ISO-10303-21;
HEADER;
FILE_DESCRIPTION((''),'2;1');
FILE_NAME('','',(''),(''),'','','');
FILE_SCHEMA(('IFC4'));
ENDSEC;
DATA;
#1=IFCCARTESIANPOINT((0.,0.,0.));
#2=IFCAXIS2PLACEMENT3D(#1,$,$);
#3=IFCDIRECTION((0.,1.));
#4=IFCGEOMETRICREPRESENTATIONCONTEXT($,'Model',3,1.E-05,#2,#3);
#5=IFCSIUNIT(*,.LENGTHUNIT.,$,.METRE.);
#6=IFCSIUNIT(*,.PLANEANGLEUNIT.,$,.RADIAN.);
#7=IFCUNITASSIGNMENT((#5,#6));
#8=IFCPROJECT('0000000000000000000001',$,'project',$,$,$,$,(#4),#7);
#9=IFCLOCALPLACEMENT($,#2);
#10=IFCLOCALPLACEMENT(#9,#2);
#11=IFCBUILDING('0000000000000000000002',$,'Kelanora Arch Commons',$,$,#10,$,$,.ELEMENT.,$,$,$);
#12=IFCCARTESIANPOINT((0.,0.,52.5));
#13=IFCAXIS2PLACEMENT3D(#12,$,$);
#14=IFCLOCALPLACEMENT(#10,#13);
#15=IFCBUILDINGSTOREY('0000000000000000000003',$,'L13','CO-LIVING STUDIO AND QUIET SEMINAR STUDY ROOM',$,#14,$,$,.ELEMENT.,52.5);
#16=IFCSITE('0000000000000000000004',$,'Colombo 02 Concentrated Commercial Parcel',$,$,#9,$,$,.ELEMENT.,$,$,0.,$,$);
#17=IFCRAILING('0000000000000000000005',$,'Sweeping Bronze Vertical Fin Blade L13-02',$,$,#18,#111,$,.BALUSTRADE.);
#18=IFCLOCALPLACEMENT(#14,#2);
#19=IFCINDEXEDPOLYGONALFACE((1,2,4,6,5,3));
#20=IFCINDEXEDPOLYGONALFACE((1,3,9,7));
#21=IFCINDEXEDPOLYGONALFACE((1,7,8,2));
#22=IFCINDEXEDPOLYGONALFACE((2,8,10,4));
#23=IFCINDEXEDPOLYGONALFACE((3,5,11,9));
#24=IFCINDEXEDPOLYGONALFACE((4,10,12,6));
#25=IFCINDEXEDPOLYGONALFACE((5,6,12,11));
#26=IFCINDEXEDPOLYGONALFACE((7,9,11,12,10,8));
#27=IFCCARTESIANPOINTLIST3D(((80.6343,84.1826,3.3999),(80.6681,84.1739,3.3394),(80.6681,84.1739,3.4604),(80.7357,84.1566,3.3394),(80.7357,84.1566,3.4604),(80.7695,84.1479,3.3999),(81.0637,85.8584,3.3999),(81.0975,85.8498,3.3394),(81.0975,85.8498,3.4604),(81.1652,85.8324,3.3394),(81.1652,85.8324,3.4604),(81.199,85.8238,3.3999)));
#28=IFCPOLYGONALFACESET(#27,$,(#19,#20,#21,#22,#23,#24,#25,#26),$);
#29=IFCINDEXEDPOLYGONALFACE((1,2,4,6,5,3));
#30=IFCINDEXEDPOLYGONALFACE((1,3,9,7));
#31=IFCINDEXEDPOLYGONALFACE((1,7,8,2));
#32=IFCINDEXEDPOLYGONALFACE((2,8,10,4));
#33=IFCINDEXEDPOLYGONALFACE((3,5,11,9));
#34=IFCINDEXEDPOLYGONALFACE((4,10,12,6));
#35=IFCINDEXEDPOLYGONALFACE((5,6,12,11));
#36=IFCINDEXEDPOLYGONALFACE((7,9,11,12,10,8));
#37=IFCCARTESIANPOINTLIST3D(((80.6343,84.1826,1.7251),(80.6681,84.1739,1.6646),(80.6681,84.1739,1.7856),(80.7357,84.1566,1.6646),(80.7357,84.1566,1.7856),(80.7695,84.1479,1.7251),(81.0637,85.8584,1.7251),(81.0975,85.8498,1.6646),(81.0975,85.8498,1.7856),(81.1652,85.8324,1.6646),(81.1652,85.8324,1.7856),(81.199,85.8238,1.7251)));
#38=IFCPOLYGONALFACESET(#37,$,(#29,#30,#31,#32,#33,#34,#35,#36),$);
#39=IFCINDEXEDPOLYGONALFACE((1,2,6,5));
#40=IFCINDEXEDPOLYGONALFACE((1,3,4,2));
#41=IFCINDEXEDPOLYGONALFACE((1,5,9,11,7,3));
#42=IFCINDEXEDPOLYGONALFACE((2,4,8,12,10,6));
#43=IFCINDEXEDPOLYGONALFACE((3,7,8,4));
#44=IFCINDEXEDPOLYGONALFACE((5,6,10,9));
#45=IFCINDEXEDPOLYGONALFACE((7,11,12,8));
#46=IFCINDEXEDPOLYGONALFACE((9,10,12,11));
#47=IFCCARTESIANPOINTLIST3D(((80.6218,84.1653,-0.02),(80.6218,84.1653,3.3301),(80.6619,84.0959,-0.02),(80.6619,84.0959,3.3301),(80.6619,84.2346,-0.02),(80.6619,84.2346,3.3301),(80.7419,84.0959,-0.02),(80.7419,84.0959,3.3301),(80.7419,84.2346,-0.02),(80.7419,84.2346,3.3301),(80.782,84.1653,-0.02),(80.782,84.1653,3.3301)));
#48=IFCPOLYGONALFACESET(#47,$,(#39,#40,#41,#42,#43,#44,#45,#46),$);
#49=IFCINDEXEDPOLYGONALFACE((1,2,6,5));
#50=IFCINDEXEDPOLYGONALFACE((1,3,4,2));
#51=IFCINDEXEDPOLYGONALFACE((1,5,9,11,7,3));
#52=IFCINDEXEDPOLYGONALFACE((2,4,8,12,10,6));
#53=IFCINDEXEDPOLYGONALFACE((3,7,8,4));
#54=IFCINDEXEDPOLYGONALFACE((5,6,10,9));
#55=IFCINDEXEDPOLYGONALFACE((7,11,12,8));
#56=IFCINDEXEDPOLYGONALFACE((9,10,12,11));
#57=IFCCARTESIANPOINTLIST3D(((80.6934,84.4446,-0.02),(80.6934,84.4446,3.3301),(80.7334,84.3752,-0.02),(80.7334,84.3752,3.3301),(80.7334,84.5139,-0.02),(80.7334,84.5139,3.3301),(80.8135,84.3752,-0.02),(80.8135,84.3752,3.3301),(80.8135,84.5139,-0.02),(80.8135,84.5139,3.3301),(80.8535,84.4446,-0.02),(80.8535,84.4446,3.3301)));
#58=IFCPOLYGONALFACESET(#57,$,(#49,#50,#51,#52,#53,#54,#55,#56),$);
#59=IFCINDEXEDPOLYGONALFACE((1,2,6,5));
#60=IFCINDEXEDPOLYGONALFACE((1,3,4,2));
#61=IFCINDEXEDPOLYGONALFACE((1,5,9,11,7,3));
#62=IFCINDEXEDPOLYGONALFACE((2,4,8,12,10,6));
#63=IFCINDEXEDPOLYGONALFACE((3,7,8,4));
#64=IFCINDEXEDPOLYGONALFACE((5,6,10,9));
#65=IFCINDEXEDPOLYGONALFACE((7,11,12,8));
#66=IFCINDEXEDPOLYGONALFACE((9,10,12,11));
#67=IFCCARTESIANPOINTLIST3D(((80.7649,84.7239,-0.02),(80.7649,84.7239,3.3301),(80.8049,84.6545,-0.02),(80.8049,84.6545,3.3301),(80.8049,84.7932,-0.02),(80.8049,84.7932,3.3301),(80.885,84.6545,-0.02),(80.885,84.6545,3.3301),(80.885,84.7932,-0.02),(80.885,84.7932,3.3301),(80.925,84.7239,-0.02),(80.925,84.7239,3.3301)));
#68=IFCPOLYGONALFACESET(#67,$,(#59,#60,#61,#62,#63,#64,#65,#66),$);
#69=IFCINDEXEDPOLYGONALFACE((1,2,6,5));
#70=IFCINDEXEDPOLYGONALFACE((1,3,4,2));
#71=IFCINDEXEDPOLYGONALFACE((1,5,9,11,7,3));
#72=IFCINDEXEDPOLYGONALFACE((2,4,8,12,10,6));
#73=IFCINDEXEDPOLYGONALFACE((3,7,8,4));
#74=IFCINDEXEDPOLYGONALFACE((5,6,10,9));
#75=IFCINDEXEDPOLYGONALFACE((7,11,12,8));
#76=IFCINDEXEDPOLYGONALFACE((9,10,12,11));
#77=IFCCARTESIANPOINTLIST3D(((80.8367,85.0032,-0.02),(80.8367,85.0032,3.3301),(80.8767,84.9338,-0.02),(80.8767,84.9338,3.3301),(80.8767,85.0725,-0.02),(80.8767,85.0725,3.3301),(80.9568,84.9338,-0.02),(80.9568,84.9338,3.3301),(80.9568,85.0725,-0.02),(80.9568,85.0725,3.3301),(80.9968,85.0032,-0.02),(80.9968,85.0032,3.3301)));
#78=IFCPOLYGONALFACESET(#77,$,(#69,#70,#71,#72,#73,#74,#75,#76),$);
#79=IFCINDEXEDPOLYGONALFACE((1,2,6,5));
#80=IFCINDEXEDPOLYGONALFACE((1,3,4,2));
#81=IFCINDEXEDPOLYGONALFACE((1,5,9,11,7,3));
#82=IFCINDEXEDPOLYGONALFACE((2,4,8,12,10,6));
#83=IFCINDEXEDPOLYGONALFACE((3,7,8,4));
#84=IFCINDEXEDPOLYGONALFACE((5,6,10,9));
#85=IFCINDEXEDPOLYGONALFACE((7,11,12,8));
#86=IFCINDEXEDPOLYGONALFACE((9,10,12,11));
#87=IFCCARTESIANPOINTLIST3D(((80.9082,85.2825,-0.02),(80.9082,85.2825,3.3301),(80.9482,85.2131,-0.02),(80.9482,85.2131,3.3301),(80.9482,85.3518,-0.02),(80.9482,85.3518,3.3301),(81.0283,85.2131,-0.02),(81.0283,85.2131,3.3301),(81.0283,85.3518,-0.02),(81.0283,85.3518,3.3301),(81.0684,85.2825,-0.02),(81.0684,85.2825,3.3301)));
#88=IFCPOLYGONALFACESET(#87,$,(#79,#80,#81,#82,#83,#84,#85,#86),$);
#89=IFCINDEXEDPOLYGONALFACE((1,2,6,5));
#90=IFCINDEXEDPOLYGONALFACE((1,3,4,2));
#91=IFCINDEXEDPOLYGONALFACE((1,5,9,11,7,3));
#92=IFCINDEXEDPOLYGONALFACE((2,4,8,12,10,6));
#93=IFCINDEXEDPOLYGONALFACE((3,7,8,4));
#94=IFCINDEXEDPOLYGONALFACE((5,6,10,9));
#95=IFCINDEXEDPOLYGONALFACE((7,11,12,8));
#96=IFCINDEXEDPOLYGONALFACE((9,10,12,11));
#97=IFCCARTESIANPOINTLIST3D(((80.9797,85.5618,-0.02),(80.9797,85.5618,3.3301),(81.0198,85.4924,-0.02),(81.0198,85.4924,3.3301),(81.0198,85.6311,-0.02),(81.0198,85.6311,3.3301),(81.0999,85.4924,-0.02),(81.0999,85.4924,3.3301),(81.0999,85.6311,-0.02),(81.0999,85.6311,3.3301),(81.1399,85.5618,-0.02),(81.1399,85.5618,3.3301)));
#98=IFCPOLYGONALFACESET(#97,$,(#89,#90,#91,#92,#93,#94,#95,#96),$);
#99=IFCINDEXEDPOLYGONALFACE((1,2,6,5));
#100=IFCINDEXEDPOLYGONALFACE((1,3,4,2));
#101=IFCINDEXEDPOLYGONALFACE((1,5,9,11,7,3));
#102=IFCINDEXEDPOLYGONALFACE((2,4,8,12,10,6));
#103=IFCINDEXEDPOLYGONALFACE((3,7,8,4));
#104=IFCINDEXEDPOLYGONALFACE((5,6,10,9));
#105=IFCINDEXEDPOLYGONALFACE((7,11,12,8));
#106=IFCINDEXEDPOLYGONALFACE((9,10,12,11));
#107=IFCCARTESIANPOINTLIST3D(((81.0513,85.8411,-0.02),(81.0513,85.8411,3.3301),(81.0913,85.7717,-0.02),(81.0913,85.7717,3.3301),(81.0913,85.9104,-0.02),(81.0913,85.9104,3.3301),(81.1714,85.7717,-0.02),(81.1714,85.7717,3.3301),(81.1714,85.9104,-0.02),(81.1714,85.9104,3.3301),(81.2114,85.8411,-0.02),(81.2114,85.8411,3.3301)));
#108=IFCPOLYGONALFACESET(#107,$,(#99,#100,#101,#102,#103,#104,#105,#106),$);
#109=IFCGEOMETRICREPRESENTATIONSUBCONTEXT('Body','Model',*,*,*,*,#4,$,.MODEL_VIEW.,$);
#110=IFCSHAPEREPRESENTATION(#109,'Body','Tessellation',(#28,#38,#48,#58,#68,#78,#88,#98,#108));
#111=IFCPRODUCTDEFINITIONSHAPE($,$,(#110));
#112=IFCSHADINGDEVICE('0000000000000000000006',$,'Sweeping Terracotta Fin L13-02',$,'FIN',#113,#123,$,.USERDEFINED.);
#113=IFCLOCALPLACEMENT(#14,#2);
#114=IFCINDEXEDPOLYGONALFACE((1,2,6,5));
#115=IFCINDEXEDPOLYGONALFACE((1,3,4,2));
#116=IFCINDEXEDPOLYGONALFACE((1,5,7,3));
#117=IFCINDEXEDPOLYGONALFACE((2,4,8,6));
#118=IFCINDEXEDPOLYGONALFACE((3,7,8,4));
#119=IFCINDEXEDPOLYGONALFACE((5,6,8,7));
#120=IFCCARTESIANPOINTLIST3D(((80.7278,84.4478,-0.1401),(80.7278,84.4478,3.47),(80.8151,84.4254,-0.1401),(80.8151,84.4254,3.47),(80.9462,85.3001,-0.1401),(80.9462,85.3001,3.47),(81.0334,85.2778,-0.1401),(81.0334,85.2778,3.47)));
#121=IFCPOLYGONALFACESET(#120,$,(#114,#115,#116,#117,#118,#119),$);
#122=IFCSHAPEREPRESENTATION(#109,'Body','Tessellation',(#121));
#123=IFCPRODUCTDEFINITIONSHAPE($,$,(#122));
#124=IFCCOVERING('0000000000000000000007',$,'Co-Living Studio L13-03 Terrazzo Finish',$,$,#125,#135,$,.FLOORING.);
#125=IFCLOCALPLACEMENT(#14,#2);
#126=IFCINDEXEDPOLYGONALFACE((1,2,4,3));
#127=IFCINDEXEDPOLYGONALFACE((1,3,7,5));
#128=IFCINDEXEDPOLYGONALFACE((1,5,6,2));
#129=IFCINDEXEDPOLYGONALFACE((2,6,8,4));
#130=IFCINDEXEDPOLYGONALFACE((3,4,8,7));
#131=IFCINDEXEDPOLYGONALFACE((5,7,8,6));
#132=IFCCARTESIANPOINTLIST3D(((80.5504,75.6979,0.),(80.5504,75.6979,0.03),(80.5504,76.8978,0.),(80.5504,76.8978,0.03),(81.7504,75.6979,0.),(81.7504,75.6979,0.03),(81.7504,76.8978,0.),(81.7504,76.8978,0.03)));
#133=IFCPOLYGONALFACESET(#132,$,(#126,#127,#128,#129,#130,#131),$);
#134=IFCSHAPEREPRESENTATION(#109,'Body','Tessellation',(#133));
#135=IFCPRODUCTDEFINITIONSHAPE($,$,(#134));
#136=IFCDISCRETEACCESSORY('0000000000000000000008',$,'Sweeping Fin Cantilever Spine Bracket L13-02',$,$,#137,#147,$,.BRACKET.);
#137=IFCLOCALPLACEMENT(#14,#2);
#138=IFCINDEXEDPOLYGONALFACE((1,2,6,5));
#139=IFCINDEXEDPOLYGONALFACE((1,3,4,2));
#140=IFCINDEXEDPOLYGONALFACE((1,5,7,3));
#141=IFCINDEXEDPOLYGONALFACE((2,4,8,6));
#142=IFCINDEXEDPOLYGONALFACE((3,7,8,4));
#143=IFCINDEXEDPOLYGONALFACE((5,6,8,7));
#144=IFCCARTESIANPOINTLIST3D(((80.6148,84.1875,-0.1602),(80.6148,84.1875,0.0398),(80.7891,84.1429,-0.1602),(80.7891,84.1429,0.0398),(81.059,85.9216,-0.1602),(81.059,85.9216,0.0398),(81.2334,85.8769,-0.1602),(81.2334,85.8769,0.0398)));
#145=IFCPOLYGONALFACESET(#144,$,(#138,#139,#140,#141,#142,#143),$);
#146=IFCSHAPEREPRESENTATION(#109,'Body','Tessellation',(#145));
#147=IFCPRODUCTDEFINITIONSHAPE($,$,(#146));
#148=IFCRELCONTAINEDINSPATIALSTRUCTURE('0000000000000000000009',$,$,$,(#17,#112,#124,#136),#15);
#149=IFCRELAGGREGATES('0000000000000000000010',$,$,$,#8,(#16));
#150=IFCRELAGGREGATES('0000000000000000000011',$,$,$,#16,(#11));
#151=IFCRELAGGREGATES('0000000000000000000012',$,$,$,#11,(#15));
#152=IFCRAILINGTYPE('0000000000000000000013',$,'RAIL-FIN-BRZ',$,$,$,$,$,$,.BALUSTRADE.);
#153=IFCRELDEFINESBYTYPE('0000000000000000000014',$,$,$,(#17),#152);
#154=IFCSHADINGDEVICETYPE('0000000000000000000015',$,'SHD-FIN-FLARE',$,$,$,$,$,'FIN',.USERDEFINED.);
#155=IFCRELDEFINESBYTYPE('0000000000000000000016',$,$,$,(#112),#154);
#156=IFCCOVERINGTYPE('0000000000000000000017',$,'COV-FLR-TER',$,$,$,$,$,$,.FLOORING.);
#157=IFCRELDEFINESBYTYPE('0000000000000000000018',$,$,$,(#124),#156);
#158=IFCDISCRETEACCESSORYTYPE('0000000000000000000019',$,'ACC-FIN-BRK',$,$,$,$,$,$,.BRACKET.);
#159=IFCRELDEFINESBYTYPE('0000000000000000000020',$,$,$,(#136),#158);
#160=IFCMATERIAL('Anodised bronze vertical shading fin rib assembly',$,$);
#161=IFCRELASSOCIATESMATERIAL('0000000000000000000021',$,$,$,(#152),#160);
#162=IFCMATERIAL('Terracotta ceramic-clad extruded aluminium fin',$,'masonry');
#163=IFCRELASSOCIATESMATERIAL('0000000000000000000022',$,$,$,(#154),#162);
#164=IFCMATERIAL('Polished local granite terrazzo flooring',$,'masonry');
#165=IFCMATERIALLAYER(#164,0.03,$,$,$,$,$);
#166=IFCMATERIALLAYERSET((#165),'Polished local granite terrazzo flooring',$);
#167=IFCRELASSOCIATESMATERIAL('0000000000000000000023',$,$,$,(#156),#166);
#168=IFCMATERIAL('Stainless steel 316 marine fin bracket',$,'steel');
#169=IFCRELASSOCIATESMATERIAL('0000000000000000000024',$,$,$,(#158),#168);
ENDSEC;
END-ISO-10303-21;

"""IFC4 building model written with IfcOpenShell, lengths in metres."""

from ifc_helpers import new_model, si_unit, direction, frame, origin, origin_2d, place, context, subcontext, project, spatial, polyline, rectangle, outline, extrude, source, transform, mapped, material, layer, layer_set, type_object, element, save


model = new_model("IFC4")

# Units and contexts
model_context = context("Model", 3, precision=1e-05, world=origin(), true_north=direction((0.0, 1.0)))
body_context = subcontext(model_context, "Body", "Model", "MODEL_VIEW")
ifc_project = project(units=[si_unit("LENGTHUNIT", "METRE"), si_unit("PLANEANGLEUNIT", "RADIAN")], contexts=[model_context])

# Site, building, storey
site_placement = place(None, origin())
site = spatial("IfcSite", under=ifc_project, at=site_placement, Name="Colombo 02 Concentrated Commercial Parcel", CompositionType="ELEMENT", RefElevation=0.0)
building_placement = place(site_placement, origin())
building = spatial("IfcBuilding", under=site, at=building_placement, Name="Kelanora Arch Commons", CompositionType="ELEMENT")
storey_placement = place(building_placement, frame((0.0, 0.0, 52.5)))
storey = spatial("IfcBuildingStorey", under=building, at=storey_placement, Name="L13", Description="CO-LIVING STUDIO AND QUIET SEMINAR STUDY ROOM", CompositionType="ELEMENT", Elevation=52.5)

# Railing
ifc_material_1 = material(Name="Anodised bronze vertical shading fin rib assembly")
railing_type = type_object("IfcRailingType", Name="RAIL-FIN-BRZ", PredefinedType="BALUSTRADE", material=ifc_material_1)
railing_placement = place(storey_placement, frame((80.7019, 84.1653, -0.02)))
element("IfcRailing", 1, at=railing_placement, inside=storey, type_object=railing_type, Name="Sweeping Bronze Vertical Fin Blade L13-02", PredefinedType="BALUSTRADE", context=body_context, shape_type="SweptSolid", body=[
    extrude(outline(polyline([(0.0698, 0.0), (0.0349, 0.0605), (-0.0349, 0.0605), (-0.0698, 0.0), (-0.0349, -0.0605), (0.0349, -0.0605), (0.0698, 0.0)])), frame((0.0, 0.0, 3.4199), z_axis=(0.248243, 0.968698, 0.0), x_axis=(-0.968698, 0.248243, 0.0)), (0.0, 0.0, 1.0), 1.73),
    extrude(outline(polyline([(0.0698, 0.0), (0.0349, 0.0605), (-0.0349, 0.0605), (-0.0698, 0.0), (-0.0349, -0.0605), (0.0349, -0.0605), (0.0698, 0.0)])), frame((0.0, 0.0, 1.7451), z_axis=(0.248243, 0.968698, 0.0), x_axis=(-0.968698, 0.248243, 0.0)), (0.0, 0.0, 1.0), 1.73),
    extrude(outline(polyline([(0.0801, 0.0), (0.04, 0.0693), (-0.04, 0.0693), (-0.0801, 0.0), (-0.04, -0.0693), (0.04, -0.0693), (0.0801, 0.0)])), origin(), (0.0, 0.0, 1.0), 3.3501),
    extrude(outline(polyline([(0.0801, 0.0), (0.04, 0.0693), (-0.04, 0.0693), (-0.0801, 0.0), (-0.04, -0.0693), (0.04, -0.0693), (0.0801, 0.0)])), frame((0.0715, 0.2793, 0.0)), (0.0, 0.0, 1.0), 3.3501),
    extrude(outline(polyline([(0.0801, 0.0), (0.04, 0.0693), (-0.04, 0.0693), (-0.0801, 0.0), (-0.04, -0.0693), (0.04, -0.0693), (0.0801, 0.0)])), frame((0.1431, 0.5586, 0.0)), (0.0, 0.0, 1.0), 3.3501),
    extrude(outline(polyline([(0.0801, 0.0), (0.04, 0.0693), (-0.04, 0.0693), (-0.0801, 0.0), (-0.04, -0.0693), (0.04, -0.0693), (0.0801, 0.0)])), frame((0.2148, 0.8379, 0.0)), (0.0, 0.0, 1.0), 3.3501),
    extrude(outline(polyline([(0.0801, 0.0), (0.04, 0.0693), (-0.04, 0.0693), (-0.0801, 0.0), (-0.04, -0.0693), (0.04, -0.0693), (0.0801, 0.0)])), frame((0.2864, 1.1172, 0.0)), (0.0, 0.0, 1.0), 3.3501),
    extrude(outline(polyline([(0.0801, 0.0), (0.04, 0.0693), (-0.04, 0.0693), (-0.0801, 0.0), (-0.04, -0.0693), (0.04, -0.0693), (0.0801, 0.0)])), frame((0.3579, 1.3965, 0.0)), (0.0, 0.0, 1.0), 3.3501),
    extrude(outline(polyline([(0.0801, 0.0), (0.04, 0.0693), (-0.04, 0.0693), (-0.0801, 0.0), (-0.04, -0.0693), (0.04, -0.0693), (0.0801, 0.0)])), frame((0.4294, 1.6758, 0.0)), (0.0, 0.0, 1.0), 3.3501),
])

# Shading device
ifc_material_2 = material(Name="Terracotta ceramic-clad extruded aluminium fin", Category="masonry")
shading_device_type = type_object("IfcShadingDeviceType", Name="SHD-FIN-FLARE", ElementType="FIN", PredefinedType="USERDEFINED", material=ifc_material_2)
shared_shape_1 = source(origin(), body_context, "Body", "SweptSolid", [
    extrude(rectangle(XDim=0.8799, YDim=0.0901, at=origin_2d()), origin(), (0.0, 0.0, 1.0), 3.6101),
])
shading_device_placement = place(storey_placement, frame((80.8806, 84.8628, -0.1401), z_axis=(0.0, 0.0, 1.0), x_axis=(0.248183, 0.968713, 0.0)))
element("IfcShadingDevice", 2, at=shading_device_placement, inside=storey, type_object=shading_device_type, Name="Sweeping Terracotta Fin L13-02", ObjectType="FIN", PredefinedType="USERDEFINED", context=body_context, shape_type="MappedRepresentation", body=[
    mapped(shared_shape_1, transform((0.0, 0.0, 0.0), scale=1.0)),
])

# Covering
ifc_material_3 = material(Name="Polished local granite terrazzo flooring", Category="masonry")
ifc_layer_1 = layer(ifc_material_3, 0.03)
ifc_layer_set_1 = layer_set([ifc_layer_1], Name="Polished local granite terrazzo flooring")
covering_type = type_object("IfcCoveringType", Name="COV-FLR-TER", PredefinedType="FLOORING", material=ifc_layer_set_1)
shared_shape_2 = source(origin(), body_context, "Body", "SweptSolid", [
    extrude(rectangle(XDim=1.2, YDim=1.2, at=origin_2d()), origin(), (0.0, 0.0, 1.0), 0.03),
])
covering_placement = place(storey_placement, frame((81.1504, 76.2979, 0.0), z_axis=(0.0, 0.0, 1.0), x_axis=(1.0, 0.0, 0.0)))
element("IfcCovering", 3, at=covering_placement, inside=storey, type_object=covering_type, Name="Co-Living Studio L13-03 Terrazzo Finish", PredefinedType="FLOORING", context=body_context, shape_type="MappedRepresentation", body=[
    mapped(shared_shape_2, transform((0.0, 0.0, 0.0), scale=1.0)),
])

# Discrete accessory
ifc_material_4 = material(Name="Stainless steel 316 marine fin bracket", Category="steel")
discrete_accessory_type = type_object("IfcDiscreteAccessoryType", Name="ACC-FIN-BRK", PredefinedType="BRACKET", material=ifc_material_4)
shared_shape_3 = source(origin(), body_context, "Body", "SweptSolid", [
    extrude(rectangle(XDim=1.79, YDim=0.1799, at=origin_2d()), origin(), (0.0, 0.0, 1.0), 0.2),
])
discrete_accessory_placement = place(storey_placement, frame((80.9241, 85.0322, -0.1602), z_axis=(0.0, 0.0, 1.0), x_axis=(0.248183, 0.968713, 0.0)))
element("IfcDiscreteAccessory", 4, at=discrete_accessory_placement, inside=storey, type_object=discrete_accessory_type, Name="Sweeping Fin Cantilever Spine Bracket L13-02", PredefinedType="BRACKET", context=body_context, shape_type="MappedRepresentation", body=[
    mapped(shared_shape_3, transform((0.0, 0.0, 0.0), scale=1.0)),
])

save(model, "model.ifc")
